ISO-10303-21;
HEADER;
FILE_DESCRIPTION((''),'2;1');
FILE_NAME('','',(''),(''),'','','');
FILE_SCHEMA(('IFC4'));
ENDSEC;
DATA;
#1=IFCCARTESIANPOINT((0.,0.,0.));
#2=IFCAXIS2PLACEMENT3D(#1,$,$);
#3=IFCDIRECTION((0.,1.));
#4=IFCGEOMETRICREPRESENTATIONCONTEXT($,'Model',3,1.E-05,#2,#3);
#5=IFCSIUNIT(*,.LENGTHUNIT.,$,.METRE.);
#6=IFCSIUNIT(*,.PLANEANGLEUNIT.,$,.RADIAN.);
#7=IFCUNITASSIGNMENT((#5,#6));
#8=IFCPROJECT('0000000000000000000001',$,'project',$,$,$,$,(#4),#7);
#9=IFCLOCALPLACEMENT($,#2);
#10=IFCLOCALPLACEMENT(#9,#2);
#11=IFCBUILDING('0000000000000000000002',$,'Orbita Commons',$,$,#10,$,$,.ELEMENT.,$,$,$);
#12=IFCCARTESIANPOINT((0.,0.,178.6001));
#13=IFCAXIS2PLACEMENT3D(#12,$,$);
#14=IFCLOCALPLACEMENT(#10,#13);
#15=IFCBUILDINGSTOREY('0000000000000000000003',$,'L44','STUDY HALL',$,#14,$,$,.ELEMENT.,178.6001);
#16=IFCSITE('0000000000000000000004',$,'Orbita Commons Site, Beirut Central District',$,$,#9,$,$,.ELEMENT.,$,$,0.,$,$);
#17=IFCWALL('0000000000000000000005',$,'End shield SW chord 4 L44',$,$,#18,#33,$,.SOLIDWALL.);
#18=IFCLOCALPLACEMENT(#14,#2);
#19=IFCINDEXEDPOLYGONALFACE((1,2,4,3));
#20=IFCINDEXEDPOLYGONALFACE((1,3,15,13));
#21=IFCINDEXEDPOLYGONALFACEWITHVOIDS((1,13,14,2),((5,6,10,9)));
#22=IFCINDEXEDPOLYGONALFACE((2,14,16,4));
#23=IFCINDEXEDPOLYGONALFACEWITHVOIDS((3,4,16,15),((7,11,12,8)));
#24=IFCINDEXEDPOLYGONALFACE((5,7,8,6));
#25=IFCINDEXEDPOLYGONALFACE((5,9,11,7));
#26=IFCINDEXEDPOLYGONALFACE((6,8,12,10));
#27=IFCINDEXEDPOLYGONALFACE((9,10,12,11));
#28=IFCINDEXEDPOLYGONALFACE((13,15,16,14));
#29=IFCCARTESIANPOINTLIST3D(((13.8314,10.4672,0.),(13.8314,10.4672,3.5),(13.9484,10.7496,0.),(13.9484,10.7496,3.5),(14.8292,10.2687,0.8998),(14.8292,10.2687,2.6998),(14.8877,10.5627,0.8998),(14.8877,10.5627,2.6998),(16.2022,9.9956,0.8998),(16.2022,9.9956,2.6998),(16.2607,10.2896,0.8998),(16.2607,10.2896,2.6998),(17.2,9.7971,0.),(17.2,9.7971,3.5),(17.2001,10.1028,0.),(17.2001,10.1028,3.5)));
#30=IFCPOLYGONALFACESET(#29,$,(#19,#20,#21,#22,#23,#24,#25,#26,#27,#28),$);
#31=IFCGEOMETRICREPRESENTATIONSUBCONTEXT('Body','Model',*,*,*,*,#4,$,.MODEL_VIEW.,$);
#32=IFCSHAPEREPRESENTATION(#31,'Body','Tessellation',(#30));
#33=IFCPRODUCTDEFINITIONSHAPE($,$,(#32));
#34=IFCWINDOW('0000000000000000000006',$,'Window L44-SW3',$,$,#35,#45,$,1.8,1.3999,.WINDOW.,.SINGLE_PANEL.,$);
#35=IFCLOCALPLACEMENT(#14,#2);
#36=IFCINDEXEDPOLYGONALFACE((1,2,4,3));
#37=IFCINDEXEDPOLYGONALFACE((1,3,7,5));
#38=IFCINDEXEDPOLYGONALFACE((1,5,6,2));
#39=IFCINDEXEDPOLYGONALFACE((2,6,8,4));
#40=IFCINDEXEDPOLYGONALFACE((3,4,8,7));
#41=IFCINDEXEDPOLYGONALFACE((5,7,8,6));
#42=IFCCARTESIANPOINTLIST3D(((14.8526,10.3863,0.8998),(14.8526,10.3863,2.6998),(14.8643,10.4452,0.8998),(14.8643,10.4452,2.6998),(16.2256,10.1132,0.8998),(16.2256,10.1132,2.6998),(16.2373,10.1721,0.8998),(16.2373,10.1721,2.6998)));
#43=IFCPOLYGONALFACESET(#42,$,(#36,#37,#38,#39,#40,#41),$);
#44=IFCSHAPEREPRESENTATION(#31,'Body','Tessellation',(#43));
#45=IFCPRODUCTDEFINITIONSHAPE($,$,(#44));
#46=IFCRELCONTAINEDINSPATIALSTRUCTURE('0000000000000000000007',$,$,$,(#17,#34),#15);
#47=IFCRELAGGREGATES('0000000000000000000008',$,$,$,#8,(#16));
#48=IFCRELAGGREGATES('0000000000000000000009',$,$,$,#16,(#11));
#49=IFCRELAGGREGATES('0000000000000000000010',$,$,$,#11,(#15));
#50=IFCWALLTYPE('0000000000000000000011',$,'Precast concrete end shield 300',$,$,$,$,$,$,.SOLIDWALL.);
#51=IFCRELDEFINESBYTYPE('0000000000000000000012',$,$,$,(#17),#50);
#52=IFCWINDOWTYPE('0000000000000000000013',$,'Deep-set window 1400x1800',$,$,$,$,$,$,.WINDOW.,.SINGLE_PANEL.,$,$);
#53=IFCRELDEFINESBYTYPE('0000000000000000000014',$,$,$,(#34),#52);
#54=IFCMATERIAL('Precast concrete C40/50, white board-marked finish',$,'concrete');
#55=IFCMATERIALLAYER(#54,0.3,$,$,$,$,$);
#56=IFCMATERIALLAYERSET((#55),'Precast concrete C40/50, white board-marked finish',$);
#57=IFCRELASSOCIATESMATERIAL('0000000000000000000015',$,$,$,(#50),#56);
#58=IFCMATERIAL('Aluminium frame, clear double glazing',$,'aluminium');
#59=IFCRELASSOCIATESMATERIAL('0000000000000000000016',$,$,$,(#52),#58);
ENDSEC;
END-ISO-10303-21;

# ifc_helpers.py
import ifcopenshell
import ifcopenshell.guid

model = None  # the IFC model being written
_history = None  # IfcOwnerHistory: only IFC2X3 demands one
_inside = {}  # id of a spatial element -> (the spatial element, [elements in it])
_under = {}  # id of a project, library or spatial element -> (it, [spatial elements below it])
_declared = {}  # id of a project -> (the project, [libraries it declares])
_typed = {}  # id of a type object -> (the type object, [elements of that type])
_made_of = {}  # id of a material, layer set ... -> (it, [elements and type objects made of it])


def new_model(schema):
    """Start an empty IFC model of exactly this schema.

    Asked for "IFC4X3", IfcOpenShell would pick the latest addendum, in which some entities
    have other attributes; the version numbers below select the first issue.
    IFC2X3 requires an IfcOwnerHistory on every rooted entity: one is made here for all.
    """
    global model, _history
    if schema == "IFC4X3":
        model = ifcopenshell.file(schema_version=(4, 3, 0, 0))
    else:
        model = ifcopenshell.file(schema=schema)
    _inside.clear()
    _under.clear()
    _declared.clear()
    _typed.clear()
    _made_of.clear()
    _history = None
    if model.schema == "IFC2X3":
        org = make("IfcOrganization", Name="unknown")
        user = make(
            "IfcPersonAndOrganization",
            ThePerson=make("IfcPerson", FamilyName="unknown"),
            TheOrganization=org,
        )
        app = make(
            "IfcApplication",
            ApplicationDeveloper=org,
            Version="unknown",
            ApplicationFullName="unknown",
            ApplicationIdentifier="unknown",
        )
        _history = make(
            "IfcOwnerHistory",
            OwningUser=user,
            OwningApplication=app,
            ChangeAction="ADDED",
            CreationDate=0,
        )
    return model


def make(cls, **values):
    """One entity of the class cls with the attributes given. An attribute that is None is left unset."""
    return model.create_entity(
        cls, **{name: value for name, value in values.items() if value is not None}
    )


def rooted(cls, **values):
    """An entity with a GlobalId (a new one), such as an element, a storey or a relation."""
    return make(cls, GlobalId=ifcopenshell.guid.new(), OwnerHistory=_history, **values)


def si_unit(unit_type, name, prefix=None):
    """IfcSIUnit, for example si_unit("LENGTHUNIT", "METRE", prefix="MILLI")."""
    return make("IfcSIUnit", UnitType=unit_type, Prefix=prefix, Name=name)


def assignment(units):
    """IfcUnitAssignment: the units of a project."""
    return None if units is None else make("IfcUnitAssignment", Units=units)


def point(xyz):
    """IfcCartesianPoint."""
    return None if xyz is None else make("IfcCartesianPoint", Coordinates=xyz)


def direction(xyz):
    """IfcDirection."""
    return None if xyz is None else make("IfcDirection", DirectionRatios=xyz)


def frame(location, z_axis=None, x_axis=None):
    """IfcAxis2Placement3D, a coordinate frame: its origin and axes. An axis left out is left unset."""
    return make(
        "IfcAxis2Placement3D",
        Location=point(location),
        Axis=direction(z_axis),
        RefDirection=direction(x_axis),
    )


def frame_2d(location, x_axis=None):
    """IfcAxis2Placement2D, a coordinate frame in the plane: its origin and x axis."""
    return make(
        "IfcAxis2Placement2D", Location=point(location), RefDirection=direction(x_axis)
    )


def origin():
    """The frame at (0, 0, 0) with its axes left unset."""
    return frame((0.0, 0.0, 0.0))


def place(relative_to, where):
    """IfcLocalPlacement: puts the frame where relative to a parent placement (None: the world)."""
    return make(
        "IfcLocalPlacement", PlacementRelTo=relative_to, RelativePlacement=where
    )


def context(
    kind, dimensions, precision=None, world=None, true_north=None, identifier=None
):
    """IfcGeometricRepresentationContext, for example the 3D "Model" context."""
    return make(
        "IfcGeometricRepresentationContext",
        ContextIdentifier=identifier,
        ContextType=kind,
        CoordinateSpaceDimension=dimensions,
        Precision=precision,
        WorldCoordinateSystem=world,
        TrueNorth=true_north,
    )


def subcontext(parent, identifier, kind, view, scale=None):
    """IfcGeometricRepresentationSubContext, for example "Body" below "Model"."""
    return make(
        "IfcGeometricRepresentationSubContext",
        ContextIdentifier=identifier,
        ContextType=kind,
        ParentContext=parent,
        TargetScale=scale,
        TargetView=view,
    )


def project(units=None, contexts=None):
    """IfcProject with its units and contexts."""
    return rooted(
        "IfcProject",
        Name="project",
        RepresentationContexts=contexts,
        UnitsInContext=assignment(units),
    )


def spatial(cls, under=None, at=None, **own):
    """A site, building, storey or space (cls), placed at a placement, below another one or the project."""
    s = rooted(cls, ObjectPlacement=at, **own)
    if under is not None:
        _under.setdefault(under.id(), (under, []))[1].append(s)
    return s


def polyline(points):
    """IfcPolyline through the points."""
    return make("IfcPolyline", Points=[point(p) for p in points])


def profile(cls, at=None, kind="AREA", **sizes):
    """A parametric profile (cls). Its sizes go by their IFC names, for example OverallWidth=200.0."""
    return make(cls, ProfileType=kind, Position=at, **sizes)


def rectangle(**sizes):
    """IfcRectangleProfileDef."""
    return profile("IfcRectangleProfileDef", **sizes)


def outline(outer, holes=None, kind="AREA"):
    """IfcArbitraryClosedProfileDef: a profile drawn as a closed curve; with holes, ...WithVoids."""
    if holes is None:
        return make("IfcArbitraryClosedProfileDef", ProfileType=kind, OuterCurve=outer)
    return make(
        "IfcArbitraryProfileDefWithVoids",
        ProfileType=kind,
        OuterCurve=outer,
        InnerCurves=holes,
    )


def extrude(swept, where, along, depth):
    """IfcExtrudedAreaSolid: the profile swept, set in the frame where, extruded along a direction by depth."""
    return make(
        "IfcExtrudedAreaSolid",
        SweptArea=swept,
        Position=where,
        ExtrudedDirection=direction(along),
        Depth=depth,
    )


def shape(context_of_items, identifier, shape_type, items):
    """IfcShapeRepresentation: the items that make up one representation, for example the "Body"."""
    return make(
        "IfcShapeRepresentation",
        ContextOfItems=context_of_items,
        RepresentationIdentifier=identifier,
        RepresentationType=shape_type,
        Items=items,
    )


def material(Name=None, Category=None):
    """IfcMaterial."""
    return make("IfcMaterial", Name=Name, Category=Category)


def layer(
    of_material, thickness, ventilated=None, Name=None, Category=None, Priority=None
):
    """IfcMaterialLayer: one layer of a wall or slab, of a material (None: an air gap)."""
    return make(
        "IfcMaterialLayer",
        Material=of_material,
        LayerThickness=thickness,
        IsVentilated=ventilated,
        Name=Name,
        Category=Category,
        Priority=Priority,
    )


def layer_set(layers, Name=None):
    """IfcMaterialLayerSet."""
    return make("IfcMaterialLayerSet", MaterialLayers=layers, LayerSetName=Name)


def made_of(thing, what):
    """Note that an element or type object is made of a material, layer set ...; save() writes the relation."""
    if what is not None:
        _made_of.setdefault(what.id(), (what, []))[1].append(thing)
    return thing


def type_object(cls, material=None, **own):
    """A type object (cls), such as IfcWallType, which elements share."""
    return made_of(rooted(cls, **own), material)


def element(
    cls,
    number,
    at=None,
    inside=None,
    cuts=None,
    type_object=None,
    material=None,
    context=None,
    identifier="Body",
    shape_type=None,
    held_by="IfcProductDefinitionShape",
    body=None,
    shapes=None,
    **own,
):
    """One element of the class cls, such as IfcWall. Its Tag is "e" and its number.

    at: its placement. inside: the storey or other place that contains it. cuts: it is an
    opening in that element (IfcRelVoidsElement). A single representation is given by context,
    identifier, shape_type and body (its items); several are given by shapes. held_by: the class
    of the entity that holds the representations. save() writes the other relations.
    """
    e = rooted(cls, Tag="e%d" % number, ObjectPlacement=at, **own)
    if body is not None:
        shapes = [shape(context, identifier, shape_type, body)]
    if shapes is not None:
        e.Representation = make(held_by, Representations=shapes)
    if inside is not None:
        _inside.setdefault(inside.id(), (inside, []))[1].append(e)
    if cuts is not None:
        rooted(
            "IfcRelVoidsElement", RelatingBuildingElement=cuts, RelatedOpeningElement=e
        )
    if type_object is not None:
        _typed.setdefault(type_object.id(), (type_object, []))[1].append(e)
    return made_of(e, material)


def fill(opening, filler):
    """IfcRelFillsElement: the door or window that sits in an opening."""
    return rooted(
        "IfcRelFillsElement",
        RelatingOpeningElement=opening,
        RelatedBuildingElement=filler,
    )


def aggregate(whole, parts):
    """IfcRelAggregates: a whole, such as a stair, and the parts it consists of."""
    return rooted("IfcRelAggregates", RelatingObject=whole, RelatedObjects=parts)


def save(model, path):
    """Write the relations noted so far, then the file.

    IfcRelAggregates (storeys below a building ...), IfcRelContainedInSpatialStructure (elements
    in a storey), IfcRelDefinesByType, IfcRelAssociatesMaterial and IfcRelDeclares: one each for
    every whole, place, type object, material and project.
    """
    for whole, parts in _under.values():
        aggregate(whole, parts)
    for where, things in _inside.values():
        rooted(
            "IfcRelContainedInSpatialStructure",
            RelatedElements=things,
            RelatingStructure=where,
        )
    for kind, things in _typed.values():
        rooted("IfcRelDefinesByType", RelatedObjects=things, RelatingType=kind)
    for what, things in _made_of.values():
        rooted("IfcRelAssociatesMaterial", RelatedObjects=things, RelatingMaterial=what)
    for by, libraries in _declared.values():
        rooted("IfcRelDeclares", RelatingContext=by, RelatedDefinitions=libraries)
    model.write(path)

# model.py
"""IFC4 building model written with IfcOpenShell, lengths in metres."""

from ifc_helpers import new_model, si_unit, direction, frame, frame_2d, origin, place, context, subcontext, project, spatial, polyline, rectangle, outline, extrude, material, layer, layer_set, type_object, element, fill, save


model = new_model("IFC4")

# Units and contexts
model_context = context("Model", 3, precision=1e-05, world=origin(), true_north=direction((0.0, 1.0)))
body_context = subcontext(model_context, "Body", "Model", "MODEL_VIEW")
ifc_project = project(units=[si_unit("LENGTHUNIT", "METRE"), si_unit("PLANEANGLEUNIT", "RADIAN")], contexts=[model_context])

# Site, building, storey
site_placement = place(None, origin())
site = spatial("IfcSite", under=ifc_project, at=site_placement, Name="Orbita Commons Site, Beirut Central District", CompositionType="ELEMENT", RefElevation=0.0)
building_placement = place(site_placement, origin())
building = spatial("IfcBuilding", under=site, at=building_placement, Name="Orbita Commons", CompositionType="ELEMENT")
storey_placement = place(building_placement, frame((0.0, 0.0, 178.6001)))
storey = spatial("IfcBuildingStorey", under=building, at=storey_placement, Name="L44", Description="STUDY HALL", CompositionType="ELEMENT", Elevation=178.6001)

# Wall, opening, window
ifc_material_1 = material(Name="Precast concrete C40/50, white board-marked finish", Category="concrete")
ifc_layer_1 = layer(ifc_material_1, 0.3)
ifc_layer_set_1 = layer_set([ifc_layer_1], Name="Precast concrete C40/50, white board-marked finish")
wall_type_1 = type_object("IfcWallType", Name="Precast concrete end shield 300", PredefinedType="SOLIDWALL", material=ifc_layer_set_1)
ifc_material_2 = material(Name="Aluminium frame, clear double glazing", Category="aluminium")
window_type = type_object("IfcWindowType", Name="Deep-set window 1400x1800", PartitioningType="SINGLE_PANEL", PredefinedType="WINDOW", material=ifc_material_2)
wall_1_placement = place(storey_placement, frame((13.8899, 10.6084, 0.0), z_axis=(0.0, 0.0, 1.0), x_axis=(0.980783, -0.1951, 0.0)))
wall_1 = element("IfcWall", 1, at=wall_1_placement, inside=storey, type_object=wall_type_1, Name="End shield SW chord 4 L44", PredefinedType="SOLIDWALL", context=body_context, shape_type="SweptSolid", body=[
    extrude(outline(polyline([(-0.0298, -0.1499), (3.4048, -0.1499), (3.3452, 0.1499), (0.0298, 0.1499), (-0.0298, -0.1499)])), origin(), (0.0, 0.0, 1.0), 3.5),
])
opening_1_placement = place(wall_1_placement, frame((0.9875, 0.0, 0.8999)))
opening_1 = element("IfcOpeningElement", 2, at=opening_1_placement, cuts=wall_1, PredefinedType="OPENING", context=body_context, shape_type="SweptSolid", body=[
    extrude(rectangle(XDim=1.3999, YDim=1.8, at=frame_2d((0.7, 0.8999))), frame((0.0, 0.1599, 0.0), z_axis=(0.0, -1.0, 0.0), x_axis=(1.0, 0.0, 0.0)), (0.0, 0.0, 1.0), 0.3201),
])
window_1_placement = place(opening_1_placement, origin())
window_1 = element("IfcWindow", 3, at=window_1_placement, inside=storey, type_object=window_type, Name="Window L44-SW3", OverallHeight=1.8, OverallWidth=1.3999, PartitioningType="SINGLE_PANEL", PredefinedType="WINDOW", context=body_context, shape_type="SweptSolid", body=[
    extrude(rectangle(XDim=1.3999, YDim=1.8, at=frame_2d((0.7, 0.8999))), frame((0.0, 0.03, 0.0), z_axis=(0.0, -1.0, 0.0), x_axis=(1.0, 0.0, 0.0)), (0.0, 0.0, 1.0), 0.0601),
])
fill(opening_1, window_1)

save(model, "model.ifc")
